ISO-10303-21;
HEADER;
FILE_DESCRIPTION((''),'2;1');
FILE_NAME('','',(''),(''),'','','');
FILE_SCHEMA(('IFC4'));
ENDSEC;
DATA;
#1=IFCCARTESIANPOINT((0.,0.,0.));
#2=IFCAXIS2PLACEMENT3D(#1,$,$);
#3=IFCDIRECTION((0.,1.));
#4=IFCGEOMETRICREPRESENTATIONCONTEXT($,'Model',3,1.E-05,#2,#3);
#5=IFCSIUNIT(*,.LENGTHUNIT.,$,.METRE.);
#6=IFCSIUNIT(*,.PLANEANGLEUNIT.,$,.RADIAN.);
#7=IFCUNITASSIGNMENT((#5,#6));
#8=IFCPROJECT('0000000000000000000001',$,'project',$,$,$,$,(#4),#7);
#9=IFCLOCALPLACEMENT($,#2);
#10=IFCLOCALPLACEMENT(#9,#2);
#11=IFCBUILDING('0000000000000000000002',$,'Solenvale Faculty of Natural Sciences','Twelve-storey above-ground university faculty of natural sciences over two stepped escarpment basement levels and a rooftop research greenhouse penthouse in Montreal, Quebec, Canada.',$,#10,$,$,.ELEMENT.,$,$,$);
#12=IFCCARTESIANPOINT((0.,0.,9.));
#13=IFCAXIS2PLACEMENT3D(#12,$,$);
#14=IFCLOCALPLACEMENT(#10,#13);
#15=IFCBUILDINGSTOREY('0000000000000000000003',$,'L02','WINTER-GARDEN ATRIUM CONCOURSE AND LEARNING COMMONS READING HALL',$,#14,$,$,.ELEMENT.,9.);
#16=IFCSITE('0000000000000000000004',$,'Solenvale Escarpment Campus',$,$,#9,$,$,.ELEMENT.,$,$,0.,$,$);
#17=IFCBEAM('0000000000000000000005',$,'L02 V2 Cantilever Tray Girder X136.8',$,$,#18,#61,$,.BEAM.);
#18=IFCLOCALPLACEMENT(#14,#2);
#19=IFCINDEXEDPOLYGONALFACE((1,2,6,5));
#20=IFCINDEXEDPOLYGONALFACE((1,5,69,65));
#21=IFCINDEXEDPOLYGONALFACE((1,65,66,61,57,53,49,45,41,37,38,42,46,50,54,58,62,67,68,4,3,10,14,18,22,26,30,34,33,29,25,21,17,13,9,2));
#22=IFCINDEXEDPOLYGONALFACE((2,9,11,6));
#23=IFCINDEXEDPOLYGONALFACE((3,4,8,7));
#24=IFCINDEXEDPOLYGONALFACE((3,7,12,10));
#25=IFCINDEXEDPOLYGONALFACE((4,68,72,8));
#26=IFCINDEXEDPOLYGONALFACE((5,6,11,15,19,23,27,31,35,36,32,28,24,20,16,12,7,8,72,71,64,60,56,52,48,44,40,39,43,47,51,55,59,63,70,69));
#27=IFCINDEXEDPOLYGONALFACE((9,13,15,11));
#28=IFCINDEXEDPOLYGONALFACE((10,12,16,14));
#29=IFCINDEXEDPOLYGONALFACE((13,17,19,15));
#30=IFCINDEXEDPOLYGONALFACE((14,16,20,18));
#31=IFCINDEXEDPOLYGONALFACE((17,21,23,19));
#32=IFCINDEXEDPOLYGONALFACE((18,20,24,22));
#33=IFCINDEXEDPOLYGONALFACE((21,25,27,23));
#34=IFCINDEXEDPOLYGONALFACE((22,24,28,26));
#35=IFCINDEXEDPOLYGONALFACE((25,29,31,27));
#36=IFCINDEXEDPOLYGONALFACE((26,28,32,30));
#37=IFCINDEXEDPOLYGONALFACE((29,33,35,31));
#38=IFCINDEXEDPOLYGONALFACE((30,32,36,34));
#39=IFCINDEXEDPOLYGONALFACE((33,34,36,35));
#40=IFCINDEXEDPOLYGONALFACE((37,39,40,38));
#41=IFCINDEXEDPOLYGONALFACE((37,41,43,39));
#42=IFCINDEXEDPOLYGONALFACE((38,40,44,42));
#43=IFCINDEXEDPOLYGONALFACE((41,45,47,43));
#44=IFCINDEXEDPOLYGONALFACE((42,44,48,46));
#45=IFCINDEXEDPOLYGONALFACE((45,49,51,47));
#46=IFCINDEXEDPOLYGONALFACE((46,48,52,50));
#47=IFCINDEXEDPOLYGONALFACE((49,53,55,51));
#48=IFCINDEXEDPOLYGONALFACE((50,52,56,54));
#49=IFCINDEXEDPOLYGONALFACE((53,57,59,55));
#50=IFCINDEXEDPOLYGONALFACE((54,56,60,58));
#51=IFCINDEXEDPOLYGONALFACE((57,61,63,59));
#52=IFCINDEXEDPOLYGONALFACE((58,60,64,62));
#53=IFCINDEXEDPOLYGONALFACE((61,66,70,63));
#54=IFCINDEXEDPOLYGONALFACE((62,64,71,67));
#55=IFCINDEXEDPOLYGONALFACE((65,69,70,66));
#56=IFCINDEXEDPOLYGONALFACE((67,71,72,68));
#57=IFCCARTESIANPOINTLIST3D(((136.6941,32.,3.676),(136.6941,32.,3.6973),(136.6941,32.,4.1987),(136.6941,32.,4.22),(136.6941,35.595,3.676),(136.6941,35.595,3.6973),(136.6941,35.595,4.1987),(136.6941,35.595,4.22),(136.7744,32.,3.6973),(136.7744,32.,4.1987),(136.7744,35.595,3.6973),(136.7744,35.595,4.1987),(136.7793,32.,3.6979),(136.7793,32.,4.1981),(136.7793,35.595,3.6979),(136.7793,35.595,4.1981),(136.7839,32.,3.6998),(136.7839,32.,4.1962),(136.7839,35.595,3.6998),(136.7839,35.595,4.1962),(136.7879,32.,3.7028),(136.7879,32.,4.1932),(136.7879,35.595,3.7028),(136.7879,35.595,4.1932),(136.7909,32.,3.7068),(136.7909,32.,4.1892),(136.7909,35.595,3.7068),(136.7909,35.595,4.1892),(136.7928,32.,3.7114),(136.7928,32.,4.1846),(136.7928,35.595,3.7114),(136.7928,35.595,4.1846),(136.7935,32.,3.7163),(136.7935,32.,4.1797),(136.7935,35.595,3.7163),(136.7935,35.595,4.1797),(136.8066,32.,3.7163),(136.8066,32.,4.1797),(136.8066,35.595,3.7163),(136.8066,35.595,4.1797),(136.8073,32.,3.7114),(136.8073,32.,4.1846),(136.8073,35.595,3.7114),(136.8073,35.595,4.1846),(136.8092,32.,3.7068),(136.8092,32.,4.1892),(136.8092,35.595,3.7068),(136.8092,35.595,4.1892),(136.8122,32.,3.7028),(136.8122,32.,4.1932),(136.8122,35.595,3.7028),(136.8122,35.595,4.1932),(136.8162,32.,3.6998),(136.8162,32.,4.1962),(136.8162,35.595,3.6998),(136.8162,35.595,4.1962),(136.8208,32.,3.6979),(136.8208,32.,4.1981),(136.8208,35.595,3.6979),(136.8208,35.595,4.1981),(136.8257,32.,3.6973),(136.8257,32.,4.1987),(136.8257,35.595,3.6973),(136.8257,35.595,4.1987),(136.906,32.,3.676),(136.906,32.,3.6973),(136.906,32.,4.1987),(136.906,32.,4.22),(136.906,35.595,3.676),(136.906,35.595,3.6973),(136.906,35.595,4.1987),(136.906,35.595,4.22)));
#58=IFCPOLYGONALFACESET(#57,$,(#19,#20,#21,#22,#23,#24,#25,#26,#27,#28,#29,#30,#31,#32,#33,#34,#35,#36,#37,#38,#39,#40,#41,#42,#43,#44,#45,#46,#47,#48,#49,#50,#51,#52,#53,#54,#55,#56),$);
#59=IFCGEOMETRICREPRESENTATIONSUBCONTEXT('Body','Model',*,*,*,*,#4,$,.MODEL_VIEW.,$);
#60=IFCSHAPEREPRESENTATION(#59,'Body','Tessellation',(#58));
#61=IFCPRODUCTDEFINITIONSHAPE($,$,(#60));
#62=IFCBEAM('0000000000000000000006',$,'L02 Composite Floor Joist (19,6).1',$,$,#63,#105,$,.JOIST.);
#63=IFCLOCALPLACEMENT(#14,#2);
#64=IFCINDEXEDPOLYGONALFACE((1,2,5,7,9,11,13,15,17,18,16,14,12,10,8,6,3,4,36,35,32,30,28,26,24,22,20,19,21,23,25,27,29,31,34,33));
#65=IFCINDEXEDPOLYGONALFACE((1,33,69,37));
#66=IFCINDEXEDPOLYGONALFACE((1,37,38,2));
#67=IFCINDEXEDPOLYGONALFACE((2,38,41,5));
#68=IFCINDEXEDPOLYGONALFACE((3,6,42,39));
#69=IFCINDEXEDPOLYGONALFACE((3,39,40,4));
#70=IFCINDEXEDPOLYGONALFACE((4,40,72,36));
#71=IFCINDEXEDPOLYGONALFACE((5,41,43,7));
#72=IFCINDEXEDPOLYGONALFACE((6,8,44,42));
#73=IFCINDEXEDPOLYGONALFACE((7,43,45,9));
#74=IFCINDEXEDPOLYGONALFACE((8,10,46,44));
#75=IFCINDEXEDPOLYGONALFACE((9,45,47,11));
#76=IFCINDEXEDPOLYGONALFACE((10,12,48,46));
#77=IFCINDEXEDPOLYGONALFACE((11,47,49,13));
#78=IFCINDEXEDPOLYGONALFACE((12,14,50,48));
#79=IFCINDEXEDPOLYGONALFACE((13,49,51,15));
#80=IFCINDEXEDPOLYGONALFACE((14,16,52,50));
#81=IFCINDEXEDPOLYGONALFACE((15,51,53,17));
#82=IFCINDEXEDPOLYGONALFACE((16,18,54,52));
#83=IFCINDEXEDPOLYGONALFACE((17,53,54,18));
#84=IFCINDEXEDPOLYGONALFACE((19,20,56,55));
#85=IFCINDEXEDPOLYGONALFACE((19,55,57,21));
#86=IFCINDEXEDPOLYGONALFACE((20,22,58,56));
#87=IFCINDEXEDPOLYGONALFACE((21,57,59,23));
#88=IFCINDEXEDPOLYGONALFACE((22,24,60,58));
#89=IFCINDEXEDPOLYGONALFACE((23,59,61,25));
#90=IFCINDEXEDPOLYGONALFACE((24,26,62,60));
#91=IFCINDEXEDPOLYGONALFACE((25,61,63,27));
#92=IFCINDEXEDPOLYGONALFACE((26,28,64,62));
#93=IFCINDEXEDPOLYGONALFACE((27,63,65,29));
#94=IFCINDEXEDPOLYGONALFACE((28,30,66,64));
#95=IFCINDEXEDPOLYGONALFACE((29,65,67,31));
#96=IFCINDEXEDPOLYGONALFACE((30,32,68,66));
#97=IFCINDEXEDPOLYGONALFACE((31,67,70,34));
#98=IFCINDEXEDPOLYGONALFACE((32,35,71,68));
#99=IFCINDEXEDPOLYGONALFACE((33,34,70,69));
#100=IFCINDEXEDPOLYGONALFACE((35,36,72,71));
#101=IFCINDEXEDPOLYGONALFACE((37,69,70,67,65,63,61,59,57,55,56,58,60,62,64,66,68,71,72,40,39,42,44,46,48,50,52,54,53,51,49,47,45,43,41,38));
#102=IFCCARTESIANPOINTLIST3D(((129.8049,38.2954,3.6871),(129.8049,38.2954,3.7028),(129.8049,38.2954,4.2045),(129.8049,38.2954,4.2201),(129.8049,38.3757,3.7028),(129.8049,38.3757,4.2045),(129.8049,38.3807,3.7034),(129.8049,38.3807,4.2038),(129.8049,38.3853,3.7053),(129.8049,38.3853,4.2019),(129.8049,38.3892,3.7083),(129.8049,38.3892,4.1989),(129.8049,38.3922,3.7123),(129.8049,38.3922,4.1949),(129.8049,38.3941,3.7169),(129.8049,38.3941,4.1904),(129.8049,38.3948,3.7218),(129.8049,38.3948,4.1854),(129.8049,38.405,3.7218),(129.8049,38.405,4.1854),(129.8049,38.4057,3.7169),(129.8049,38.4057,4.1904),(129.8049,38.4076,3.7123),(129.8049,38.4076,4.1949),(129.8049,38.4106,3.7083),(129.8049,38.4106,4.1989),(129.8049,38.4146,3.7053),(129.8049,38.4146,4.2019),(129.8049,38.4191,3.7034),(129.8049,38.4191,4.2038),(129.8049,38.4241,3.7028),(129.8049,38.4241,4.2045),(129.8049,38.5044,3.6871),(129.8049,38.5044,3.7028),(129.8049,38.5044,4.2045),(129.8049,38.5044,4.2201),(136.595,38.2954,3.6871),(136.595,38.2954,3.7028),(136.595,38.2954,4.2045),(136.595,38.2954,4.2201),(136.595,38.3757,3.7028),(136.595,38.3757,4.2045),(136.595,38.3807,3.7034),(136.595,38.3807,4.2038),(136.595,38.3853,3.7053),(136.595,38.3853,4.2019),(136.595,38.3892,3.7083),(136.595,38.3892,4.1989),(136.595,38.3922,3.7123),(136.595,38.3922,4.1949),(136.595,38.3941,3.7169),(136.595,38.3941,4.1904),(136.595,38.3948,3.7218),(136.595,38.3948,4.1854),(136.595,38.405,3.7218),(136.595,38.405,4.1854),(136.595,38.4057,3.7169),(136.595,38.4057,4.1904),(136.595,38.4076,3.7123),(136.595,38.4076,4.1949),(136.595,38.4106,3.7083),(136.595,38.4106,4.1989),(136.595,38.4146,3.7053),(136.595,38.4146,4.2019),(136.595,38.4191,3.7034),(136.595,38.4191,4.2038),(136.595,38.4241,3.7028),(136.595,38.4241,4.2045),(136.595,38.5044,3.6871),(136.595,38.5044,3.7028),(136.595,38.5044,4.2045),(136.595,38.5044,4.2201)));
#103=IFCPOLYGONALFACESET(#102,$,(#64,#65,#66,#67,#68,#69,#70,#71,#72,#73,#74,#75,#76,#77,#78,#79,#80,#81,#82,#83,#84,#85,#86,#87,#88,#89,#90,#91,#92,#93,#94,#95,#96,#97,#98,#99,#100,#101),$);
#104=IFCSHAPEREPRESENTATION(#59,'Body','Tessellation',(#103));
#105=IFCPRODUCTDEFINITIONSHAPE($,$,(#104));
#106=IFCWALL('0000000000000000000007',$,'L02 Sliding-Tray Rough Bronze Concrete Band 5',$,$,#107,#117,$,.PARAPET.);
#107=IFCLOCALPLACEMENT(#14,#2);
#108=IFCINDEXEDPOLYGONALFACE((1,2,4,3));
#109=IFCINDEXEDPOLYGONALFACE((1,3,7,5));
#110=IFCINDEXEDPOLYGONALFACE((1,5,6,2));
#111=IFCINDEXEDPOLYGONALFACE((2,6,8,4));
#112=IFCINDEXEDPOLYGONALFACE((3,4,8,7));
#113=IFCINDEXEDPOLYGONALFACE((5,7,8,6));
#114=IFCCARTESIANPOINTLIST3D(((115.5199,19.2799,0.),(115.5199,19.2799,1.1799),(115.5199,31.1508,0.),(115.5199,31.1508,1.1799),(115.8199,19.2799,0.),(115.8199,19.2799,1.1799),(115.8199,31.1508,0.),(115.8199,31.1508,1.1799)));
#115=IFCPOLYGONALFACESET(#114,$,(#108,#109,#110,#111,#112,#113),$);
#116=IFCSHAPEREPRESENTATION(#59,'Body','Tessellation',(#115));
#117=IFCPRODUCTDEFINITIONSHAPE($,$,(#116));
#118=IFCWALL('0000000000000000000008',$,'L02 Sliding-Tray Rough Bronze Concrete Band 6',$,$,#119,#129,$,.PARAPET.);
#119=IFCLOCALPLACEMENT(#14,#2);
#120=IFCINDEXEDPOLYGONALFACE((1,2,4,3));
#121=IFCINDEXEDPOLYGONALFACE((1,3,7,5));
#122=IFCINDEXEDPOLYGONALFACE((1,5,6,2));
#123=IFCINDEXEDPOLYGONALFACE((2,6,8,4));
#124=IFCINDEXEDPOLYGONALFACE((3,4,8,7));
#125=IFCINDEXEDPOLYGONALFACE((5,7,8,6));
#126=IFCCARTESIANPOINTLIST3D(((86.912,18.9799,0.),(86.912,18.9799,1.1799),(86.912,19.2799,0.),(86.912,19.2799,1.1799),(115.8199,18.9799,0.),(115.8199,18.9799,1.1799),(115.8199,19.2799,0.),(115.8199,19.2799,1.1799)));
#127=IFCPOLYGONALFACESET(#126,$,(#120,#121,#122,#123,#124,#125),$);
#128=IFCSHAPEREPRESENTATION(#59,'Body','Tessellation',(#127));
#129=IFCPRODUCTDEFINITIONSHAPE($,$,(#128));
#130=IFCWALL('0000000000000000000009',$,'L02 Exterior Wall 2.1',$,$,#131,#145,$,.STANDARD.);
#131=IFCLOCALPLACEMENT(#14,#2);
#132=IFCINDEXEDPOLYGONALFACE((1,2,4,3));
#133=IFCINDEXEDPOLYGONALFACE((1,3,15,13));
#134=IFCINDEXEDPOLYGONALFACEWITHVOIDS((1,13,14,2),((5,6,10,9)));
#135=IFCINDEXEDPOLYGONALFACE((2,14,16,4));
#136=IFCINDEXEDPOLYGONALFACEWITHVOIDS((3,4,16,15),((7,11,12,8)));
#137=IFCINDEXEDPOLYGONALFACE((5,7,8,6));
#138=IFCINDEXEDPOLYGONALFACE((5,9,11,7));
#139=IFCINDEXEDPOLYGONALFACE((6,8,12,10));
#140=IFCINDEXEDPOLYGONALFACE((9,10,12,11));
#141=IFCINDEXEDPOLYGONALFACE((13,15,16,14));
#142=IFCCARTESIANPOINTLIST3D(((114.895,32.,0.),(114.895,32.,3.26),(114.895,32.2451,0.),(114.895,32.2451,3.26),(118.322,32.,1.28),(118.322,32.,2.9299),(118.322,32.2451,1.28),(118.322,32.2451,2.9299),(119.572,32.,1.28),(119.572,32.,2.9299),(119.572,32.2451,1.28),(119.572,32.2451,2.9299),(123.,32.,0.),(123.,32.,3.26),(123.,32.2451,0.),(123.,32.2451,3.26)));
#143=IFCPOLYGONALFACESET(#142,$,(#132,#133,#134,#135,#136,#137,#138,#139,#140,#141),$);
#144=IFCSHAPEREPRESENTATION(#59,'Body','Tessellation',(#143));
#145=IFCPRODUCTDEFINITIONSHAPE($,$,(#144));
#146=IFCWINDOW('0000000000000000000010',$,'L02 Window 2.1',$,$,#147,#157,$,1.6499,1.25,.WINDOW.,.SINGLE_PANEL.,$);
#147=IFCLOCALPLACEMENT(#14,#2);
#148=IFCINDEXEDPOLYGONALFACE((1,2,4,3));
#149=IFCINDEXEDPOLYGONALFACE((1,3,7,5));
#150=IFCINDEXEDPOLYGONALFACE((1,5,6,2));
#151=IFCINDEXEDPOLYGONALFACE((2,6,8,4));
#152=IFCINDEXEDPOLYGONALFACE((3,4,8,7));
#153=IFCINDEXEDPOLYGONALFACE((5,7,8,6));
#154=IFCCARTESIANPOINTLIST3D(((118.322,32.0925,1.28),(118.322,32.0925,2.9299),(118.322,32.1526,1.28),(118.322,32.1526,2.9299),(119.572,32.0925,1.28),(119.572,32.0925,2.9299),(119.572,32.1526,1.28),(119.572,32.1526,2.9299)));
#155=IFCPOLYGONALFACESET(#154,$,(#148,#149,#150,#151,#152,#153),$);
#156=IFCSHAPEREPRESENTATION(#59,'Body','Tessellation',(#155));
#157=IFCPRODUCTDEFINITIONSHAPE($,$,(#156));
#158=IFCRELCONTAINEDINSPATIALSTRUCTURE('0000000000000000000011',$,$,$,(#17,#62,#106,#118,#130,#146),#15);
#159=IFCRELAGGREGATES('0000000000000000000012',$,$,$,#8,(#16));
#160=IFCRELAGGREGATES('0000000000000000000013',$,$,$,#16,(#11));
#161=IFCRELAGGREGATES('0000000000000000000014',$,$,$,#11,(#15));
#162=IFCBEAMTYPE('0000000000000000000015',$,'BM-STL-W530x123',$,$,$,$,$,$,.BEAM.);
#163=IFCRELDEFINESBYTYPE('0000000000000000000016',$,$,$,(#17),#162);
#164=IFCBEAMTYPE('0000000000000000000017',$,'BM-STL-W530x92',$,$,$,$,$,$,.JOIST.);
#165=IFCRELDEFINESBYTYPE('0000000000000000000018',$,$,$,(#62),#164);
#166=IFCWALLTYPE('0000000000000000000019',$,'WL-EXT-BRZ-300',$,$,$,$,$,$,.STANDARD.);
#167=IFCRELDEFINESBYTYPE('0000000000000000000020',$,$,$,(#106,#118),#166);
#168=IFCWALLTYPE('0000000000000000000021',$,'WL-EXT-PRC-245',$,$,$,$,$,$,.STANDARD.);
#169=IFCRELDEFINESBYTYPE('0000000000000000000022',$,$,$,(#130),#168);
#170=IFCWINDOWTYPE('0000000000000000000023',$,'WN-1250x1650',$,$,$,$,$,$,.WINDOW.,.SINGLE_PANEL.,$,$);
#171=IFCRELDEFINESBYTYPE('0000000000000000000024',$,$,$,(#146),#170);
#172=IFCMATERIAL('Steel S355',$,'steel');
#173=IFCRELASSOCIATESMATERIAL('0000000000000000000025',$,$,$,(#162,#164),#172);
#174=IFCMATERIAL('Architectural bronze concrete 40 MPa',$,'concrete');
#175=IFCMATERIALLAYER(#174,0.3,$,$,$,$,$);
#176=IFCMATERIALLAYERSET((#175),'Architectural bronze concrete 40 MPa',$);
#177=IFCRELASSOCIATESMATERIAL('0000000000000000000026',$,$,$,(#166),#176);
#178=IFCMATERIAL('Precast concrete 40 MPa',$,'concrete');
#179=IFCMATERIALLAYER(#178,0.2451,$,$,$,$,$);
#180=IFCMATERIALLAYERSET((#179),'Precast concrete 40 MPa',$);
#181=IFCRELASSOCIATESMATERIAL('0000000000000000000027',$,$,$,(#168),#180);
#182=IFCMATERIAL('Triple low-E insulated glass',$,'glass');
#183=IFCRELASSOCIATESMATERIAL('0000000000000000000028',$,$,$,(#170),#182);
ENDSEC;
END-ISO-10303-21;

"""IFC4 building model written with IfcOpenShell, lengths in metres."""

from ifc_helpers import new_model, si_unit, direction, frame, frame_2d, origin, origin_2d, place, context, subcontext, project, spatial, rectangle, i_section, extrude, material, layer, layer_set, material_profile, profile_set, type_object, element, fill, save


model = new_model("IFC4")

# Units and contexts
model_context = context("Model", 3, precision=1e-05, world=origin(), true_north=direction((0.0, 1.0)))
body_context = subcontext(model_context, "Body", "Model", "MODEL_VIEW")
ifc_project = project(units=[si_unit("LENGTHUNIT", "METRE"), si_unit("PLANEANGLEUNIT", "RADIAN")], contexts=[model_context])

# Site, building, storey
site_placement = place(None, origin())
site = spatial("IfcSite", under=ifc_project, at=site_placement, Name="Solenvale Escarpment Campus", CompositionType="ELEMENT", RefElevation=0.0)
building_placement = place(site_placement, origin())
building = spatial("IfcBuilding", under=site, at=building_placement, Name="Solenvale Faculty of Natural Sciences", Description="Twelve-storey above-ground university faculty of natural sciences over two stepped escarpment basement levels and a rooftop research greenhouse penthouse in Montreal, Quebec, Canada.", CompositionType="ELEMENT")
storey_placement = place(building_placement, frame((0.0, 0.0, 9.0)))
storey = spatial("IfcBuildingStorey", under=building, at=storey_placement, Name="L02", Description="WINTER-GARDEN ATRIUM CONCOURSE AND LEARNING COMMONS READING HALL", CompositionType="ELEMENT", Elevation=9.0)

# Beams
ifc_material_1 = material(Name="Architectural bronze concrete 40 MPa", Category="concrete")
ifc_material_2 = material(Name="Steel S355", Category="steel")
ifc_material_profile_1 = material_profile(ifc_material_2, i_section(OverallWidth=0.2119, OverallDepth=0.5439, WebThickness=0.0132, FlangeThickness=0.0212, FilletRadius=0.019, at=origin_2d()), Name="W530x123")
ifc_profile_set_1 = profile_set([ifc_material_profile_1], Name="Steel S355")
beam_type_1 = type_object("IfcBeamType", Name="BM-STL-W530x123", PredefinedType="BEAM", material=ifc_profile_set_1)
for number, where, z_axis, x_axis, name in (
    (1, (136.8, 35.595, 3.948), (0.0, -1.0, 0.0), (1.0, 0.0, 0.0), "L02 V2 Cantilever Tray Girder X136.8"),
):
    element("IfcBeam", number, at=place(storey_placement, frame(where, z_axis=z_axis, x_axis=x_axis)), inside=storey, type_object=beam_type_1, Name=name, PredefinedType="BEAM", context=body_context, shape_type="SweptSolid", body=[
        extrude(i_section(OverallWidth=0.2119, OverallDepth=0.5439, WebThickness=0.0132, FlangeThickness=0.0212, FilletRadius=0.019, at=origin_2d()), origin(), (0.0, 0.0, 1.0), 3.595),
    ])
ifc_material_profile_2 = material_profile(ifc_material_2, i_section(OverallWidth=0.209, OverallDepth=0.533, WebThickness=0.0103, FlangeThickness=0.0156, FilletRadius=0.019, at=origin_2d()), Name="W530x92")
ifc_profile_set_2 = profile_set([ifc_material_profile_2], Name="Steel S355")
beam_type_2 = type_object("IfcBeamType", Name="BM-STL-W530x92", PredefinedType="JOIST", material=ifc_profile_set_2)
beam_1_placement = place(storey_placement, frame((129.8049, 38.3999, 3.9536), z_axis=(1.0, 0.0, 0.0), x_axis=(0.0, 1.0, 0.0)))
element("IfcBeam", 2, at=beam_1_placement, inside=storey, type_object=beam_type_2, Name="L02 Composite Floor Joist (19,6).1", PredefinedType="JOIST", context=body_context, shape_type="SweptSolid", body=[
    extrude(i_section(OverallWidth=0.209, OverallDepth=0.533, WebThickness=0.0103, FlangeThickness=0.0156, FilletRadius=0.019, at=origin_2d()), origin(), (0.0, 0.0, 1.0), 6.79),
])

# Walls
ifc_layer_1 = layer(ifc_material_1, 0.3)
ifc_layer_set_1 = layer_set([ifc_layer_1], Name="Architectural bronze concrete 40 MPa")
wall_type_1 = type_object("IfcWallType", Name="WL-EXT-BRZ-300", PredefinedType="STANDARD", material=ifc_layer_set_1)
wall_1_placement = place(storey_placement, frame((115.6699, 31.1509, 0.0), z_axis=(0.0, 0.0, 1.0), x_axis=(0.0, -1.0, 0.0)))
element("IfcWall", 3, at=wall_1_placement, inside=storey, type_object=wall_type_1, Name="L02 Sliding-Tray Rough Bronze Concrete Band 5", PredefinedType="PARAPET", context=body_context, shape_type="SweptSolid", body=[
    extrude(rectangle(XDim=11.8708, YDim=0.3, at=frame_2d((5.9355, 0.0))), origin(), (0.0, 0.0, 1.0), 1.1799),
])
wall_2_placement = place(storey_placement, frame((115.8201, 19.1299, 0.0), z_axis=(0.0, 0.0, 1.0), x_axis=(-1.0, 0.0, 0.0)))
element("IfcWall", 4, at=wall_2_placement, inside=storey, type_object=wall_type_1, Name="L02 Sliding-Tray Rough Bronze Concrete Band 6", PredefinedType="PARAPET", context=body_context, shape_type="SweptSolid", body=[
    extrude(rectangle(XDim=28.908, YDim=0.3, at=frame_2d((14.4541, 0.0))), origin(), (0.0, 0.0, 1.0), 1.1799),
])

# Wall, opening, window
ifc_material_3 = material(Name="Precast concrete 40 MPa", Category="concrete")
ifc_layer_2 = layer(ifc_material_3, 0.2451)
ifc_layer_set_2 = layer_set([ifc_layer_2], Name="Precast concrete 40 MPa")
wall_type_2 = type_object("IfcWallType", Name="WL-EXT-PRC-245", PredefinedType="STANDARD", material=ifc_layer_set_2)
wall_3_placement = place(storey_placement, frame((123.0, 32.1226, 0.0), z_axis=(0.0, 0.0, 1.0), x_axis=(-1.0, 0.0, 0.0)))
wall_3 = element("IfcWall", 5, at=wall_3_placement, inside=storey, type_object=wall_type_2, Name="L02 Exterior Wall 2.1", PredefinedType="STANDARD", context=body_context, shape_type="SweptSolid", body=[
    extrude(rectangle(XDim=8.105, YDim=0.2451, at=frame_2d((4.0525, 0.0))), origin(), (0.0, 0.0, 1.0), 3.26),
])
opening_1_placement = place(wall_3_placement, frame((3.428, 0.0, 1.28)))
opening_1 = element("IfcOpeningElement", 6, at=opening_1_placement, cuts=wall_3, PredefinedType="OPENING", context=body_context, shape_type="SweptSolid", body=[
    extrude(rectangle(XDim=1.25, YDim=1.6499, at=frame_2d((0.625, 0.825))), frame((0.0, 0.1326, 0.0), z_axis=(0.0, -1.0, 0.0), x_axis=(1.0, 0.0, 0.0)), (0.0, 0.0, 1.0), 0.2651),
])
ifc_material_4 = material(Name="Triple low-E insulated glass", Category="glass")
window_type_1 = type_object("IfcWindowType", Name="WN-1250x1650", PartitioningType="SINGLE_PANEL", PredefinedType="WINDOW", material=ifc_material_4)
window_1_placement = place(opening_1_placement, origin())
window_1 = element("IfcWindow", 7, at=window_1_placement, inside=storey, type_object=window_type_1, Name="L02 Window 2.1", OverallHeight=1.6499, OverallWidth=1.25, PartitioningType="SINGLE_PANEL", PredefinedType="WINDOW", context=body_context, shape_type="SweptSolid", body=[
    extrude(rectangle(XDim=1.25, YDim=1.6499, at=frame_2d((0.625, 0.825))), frame((0.0, 0.03, 0.0), z_axis=(0.0, -1.0, 0.0), x_axis=(1.0, 0.0, 0.0)), (0.0, 0.0, 1.0), 0.0601),
])
fill(opening_1, window_1)

save(model, "model.ifc")
